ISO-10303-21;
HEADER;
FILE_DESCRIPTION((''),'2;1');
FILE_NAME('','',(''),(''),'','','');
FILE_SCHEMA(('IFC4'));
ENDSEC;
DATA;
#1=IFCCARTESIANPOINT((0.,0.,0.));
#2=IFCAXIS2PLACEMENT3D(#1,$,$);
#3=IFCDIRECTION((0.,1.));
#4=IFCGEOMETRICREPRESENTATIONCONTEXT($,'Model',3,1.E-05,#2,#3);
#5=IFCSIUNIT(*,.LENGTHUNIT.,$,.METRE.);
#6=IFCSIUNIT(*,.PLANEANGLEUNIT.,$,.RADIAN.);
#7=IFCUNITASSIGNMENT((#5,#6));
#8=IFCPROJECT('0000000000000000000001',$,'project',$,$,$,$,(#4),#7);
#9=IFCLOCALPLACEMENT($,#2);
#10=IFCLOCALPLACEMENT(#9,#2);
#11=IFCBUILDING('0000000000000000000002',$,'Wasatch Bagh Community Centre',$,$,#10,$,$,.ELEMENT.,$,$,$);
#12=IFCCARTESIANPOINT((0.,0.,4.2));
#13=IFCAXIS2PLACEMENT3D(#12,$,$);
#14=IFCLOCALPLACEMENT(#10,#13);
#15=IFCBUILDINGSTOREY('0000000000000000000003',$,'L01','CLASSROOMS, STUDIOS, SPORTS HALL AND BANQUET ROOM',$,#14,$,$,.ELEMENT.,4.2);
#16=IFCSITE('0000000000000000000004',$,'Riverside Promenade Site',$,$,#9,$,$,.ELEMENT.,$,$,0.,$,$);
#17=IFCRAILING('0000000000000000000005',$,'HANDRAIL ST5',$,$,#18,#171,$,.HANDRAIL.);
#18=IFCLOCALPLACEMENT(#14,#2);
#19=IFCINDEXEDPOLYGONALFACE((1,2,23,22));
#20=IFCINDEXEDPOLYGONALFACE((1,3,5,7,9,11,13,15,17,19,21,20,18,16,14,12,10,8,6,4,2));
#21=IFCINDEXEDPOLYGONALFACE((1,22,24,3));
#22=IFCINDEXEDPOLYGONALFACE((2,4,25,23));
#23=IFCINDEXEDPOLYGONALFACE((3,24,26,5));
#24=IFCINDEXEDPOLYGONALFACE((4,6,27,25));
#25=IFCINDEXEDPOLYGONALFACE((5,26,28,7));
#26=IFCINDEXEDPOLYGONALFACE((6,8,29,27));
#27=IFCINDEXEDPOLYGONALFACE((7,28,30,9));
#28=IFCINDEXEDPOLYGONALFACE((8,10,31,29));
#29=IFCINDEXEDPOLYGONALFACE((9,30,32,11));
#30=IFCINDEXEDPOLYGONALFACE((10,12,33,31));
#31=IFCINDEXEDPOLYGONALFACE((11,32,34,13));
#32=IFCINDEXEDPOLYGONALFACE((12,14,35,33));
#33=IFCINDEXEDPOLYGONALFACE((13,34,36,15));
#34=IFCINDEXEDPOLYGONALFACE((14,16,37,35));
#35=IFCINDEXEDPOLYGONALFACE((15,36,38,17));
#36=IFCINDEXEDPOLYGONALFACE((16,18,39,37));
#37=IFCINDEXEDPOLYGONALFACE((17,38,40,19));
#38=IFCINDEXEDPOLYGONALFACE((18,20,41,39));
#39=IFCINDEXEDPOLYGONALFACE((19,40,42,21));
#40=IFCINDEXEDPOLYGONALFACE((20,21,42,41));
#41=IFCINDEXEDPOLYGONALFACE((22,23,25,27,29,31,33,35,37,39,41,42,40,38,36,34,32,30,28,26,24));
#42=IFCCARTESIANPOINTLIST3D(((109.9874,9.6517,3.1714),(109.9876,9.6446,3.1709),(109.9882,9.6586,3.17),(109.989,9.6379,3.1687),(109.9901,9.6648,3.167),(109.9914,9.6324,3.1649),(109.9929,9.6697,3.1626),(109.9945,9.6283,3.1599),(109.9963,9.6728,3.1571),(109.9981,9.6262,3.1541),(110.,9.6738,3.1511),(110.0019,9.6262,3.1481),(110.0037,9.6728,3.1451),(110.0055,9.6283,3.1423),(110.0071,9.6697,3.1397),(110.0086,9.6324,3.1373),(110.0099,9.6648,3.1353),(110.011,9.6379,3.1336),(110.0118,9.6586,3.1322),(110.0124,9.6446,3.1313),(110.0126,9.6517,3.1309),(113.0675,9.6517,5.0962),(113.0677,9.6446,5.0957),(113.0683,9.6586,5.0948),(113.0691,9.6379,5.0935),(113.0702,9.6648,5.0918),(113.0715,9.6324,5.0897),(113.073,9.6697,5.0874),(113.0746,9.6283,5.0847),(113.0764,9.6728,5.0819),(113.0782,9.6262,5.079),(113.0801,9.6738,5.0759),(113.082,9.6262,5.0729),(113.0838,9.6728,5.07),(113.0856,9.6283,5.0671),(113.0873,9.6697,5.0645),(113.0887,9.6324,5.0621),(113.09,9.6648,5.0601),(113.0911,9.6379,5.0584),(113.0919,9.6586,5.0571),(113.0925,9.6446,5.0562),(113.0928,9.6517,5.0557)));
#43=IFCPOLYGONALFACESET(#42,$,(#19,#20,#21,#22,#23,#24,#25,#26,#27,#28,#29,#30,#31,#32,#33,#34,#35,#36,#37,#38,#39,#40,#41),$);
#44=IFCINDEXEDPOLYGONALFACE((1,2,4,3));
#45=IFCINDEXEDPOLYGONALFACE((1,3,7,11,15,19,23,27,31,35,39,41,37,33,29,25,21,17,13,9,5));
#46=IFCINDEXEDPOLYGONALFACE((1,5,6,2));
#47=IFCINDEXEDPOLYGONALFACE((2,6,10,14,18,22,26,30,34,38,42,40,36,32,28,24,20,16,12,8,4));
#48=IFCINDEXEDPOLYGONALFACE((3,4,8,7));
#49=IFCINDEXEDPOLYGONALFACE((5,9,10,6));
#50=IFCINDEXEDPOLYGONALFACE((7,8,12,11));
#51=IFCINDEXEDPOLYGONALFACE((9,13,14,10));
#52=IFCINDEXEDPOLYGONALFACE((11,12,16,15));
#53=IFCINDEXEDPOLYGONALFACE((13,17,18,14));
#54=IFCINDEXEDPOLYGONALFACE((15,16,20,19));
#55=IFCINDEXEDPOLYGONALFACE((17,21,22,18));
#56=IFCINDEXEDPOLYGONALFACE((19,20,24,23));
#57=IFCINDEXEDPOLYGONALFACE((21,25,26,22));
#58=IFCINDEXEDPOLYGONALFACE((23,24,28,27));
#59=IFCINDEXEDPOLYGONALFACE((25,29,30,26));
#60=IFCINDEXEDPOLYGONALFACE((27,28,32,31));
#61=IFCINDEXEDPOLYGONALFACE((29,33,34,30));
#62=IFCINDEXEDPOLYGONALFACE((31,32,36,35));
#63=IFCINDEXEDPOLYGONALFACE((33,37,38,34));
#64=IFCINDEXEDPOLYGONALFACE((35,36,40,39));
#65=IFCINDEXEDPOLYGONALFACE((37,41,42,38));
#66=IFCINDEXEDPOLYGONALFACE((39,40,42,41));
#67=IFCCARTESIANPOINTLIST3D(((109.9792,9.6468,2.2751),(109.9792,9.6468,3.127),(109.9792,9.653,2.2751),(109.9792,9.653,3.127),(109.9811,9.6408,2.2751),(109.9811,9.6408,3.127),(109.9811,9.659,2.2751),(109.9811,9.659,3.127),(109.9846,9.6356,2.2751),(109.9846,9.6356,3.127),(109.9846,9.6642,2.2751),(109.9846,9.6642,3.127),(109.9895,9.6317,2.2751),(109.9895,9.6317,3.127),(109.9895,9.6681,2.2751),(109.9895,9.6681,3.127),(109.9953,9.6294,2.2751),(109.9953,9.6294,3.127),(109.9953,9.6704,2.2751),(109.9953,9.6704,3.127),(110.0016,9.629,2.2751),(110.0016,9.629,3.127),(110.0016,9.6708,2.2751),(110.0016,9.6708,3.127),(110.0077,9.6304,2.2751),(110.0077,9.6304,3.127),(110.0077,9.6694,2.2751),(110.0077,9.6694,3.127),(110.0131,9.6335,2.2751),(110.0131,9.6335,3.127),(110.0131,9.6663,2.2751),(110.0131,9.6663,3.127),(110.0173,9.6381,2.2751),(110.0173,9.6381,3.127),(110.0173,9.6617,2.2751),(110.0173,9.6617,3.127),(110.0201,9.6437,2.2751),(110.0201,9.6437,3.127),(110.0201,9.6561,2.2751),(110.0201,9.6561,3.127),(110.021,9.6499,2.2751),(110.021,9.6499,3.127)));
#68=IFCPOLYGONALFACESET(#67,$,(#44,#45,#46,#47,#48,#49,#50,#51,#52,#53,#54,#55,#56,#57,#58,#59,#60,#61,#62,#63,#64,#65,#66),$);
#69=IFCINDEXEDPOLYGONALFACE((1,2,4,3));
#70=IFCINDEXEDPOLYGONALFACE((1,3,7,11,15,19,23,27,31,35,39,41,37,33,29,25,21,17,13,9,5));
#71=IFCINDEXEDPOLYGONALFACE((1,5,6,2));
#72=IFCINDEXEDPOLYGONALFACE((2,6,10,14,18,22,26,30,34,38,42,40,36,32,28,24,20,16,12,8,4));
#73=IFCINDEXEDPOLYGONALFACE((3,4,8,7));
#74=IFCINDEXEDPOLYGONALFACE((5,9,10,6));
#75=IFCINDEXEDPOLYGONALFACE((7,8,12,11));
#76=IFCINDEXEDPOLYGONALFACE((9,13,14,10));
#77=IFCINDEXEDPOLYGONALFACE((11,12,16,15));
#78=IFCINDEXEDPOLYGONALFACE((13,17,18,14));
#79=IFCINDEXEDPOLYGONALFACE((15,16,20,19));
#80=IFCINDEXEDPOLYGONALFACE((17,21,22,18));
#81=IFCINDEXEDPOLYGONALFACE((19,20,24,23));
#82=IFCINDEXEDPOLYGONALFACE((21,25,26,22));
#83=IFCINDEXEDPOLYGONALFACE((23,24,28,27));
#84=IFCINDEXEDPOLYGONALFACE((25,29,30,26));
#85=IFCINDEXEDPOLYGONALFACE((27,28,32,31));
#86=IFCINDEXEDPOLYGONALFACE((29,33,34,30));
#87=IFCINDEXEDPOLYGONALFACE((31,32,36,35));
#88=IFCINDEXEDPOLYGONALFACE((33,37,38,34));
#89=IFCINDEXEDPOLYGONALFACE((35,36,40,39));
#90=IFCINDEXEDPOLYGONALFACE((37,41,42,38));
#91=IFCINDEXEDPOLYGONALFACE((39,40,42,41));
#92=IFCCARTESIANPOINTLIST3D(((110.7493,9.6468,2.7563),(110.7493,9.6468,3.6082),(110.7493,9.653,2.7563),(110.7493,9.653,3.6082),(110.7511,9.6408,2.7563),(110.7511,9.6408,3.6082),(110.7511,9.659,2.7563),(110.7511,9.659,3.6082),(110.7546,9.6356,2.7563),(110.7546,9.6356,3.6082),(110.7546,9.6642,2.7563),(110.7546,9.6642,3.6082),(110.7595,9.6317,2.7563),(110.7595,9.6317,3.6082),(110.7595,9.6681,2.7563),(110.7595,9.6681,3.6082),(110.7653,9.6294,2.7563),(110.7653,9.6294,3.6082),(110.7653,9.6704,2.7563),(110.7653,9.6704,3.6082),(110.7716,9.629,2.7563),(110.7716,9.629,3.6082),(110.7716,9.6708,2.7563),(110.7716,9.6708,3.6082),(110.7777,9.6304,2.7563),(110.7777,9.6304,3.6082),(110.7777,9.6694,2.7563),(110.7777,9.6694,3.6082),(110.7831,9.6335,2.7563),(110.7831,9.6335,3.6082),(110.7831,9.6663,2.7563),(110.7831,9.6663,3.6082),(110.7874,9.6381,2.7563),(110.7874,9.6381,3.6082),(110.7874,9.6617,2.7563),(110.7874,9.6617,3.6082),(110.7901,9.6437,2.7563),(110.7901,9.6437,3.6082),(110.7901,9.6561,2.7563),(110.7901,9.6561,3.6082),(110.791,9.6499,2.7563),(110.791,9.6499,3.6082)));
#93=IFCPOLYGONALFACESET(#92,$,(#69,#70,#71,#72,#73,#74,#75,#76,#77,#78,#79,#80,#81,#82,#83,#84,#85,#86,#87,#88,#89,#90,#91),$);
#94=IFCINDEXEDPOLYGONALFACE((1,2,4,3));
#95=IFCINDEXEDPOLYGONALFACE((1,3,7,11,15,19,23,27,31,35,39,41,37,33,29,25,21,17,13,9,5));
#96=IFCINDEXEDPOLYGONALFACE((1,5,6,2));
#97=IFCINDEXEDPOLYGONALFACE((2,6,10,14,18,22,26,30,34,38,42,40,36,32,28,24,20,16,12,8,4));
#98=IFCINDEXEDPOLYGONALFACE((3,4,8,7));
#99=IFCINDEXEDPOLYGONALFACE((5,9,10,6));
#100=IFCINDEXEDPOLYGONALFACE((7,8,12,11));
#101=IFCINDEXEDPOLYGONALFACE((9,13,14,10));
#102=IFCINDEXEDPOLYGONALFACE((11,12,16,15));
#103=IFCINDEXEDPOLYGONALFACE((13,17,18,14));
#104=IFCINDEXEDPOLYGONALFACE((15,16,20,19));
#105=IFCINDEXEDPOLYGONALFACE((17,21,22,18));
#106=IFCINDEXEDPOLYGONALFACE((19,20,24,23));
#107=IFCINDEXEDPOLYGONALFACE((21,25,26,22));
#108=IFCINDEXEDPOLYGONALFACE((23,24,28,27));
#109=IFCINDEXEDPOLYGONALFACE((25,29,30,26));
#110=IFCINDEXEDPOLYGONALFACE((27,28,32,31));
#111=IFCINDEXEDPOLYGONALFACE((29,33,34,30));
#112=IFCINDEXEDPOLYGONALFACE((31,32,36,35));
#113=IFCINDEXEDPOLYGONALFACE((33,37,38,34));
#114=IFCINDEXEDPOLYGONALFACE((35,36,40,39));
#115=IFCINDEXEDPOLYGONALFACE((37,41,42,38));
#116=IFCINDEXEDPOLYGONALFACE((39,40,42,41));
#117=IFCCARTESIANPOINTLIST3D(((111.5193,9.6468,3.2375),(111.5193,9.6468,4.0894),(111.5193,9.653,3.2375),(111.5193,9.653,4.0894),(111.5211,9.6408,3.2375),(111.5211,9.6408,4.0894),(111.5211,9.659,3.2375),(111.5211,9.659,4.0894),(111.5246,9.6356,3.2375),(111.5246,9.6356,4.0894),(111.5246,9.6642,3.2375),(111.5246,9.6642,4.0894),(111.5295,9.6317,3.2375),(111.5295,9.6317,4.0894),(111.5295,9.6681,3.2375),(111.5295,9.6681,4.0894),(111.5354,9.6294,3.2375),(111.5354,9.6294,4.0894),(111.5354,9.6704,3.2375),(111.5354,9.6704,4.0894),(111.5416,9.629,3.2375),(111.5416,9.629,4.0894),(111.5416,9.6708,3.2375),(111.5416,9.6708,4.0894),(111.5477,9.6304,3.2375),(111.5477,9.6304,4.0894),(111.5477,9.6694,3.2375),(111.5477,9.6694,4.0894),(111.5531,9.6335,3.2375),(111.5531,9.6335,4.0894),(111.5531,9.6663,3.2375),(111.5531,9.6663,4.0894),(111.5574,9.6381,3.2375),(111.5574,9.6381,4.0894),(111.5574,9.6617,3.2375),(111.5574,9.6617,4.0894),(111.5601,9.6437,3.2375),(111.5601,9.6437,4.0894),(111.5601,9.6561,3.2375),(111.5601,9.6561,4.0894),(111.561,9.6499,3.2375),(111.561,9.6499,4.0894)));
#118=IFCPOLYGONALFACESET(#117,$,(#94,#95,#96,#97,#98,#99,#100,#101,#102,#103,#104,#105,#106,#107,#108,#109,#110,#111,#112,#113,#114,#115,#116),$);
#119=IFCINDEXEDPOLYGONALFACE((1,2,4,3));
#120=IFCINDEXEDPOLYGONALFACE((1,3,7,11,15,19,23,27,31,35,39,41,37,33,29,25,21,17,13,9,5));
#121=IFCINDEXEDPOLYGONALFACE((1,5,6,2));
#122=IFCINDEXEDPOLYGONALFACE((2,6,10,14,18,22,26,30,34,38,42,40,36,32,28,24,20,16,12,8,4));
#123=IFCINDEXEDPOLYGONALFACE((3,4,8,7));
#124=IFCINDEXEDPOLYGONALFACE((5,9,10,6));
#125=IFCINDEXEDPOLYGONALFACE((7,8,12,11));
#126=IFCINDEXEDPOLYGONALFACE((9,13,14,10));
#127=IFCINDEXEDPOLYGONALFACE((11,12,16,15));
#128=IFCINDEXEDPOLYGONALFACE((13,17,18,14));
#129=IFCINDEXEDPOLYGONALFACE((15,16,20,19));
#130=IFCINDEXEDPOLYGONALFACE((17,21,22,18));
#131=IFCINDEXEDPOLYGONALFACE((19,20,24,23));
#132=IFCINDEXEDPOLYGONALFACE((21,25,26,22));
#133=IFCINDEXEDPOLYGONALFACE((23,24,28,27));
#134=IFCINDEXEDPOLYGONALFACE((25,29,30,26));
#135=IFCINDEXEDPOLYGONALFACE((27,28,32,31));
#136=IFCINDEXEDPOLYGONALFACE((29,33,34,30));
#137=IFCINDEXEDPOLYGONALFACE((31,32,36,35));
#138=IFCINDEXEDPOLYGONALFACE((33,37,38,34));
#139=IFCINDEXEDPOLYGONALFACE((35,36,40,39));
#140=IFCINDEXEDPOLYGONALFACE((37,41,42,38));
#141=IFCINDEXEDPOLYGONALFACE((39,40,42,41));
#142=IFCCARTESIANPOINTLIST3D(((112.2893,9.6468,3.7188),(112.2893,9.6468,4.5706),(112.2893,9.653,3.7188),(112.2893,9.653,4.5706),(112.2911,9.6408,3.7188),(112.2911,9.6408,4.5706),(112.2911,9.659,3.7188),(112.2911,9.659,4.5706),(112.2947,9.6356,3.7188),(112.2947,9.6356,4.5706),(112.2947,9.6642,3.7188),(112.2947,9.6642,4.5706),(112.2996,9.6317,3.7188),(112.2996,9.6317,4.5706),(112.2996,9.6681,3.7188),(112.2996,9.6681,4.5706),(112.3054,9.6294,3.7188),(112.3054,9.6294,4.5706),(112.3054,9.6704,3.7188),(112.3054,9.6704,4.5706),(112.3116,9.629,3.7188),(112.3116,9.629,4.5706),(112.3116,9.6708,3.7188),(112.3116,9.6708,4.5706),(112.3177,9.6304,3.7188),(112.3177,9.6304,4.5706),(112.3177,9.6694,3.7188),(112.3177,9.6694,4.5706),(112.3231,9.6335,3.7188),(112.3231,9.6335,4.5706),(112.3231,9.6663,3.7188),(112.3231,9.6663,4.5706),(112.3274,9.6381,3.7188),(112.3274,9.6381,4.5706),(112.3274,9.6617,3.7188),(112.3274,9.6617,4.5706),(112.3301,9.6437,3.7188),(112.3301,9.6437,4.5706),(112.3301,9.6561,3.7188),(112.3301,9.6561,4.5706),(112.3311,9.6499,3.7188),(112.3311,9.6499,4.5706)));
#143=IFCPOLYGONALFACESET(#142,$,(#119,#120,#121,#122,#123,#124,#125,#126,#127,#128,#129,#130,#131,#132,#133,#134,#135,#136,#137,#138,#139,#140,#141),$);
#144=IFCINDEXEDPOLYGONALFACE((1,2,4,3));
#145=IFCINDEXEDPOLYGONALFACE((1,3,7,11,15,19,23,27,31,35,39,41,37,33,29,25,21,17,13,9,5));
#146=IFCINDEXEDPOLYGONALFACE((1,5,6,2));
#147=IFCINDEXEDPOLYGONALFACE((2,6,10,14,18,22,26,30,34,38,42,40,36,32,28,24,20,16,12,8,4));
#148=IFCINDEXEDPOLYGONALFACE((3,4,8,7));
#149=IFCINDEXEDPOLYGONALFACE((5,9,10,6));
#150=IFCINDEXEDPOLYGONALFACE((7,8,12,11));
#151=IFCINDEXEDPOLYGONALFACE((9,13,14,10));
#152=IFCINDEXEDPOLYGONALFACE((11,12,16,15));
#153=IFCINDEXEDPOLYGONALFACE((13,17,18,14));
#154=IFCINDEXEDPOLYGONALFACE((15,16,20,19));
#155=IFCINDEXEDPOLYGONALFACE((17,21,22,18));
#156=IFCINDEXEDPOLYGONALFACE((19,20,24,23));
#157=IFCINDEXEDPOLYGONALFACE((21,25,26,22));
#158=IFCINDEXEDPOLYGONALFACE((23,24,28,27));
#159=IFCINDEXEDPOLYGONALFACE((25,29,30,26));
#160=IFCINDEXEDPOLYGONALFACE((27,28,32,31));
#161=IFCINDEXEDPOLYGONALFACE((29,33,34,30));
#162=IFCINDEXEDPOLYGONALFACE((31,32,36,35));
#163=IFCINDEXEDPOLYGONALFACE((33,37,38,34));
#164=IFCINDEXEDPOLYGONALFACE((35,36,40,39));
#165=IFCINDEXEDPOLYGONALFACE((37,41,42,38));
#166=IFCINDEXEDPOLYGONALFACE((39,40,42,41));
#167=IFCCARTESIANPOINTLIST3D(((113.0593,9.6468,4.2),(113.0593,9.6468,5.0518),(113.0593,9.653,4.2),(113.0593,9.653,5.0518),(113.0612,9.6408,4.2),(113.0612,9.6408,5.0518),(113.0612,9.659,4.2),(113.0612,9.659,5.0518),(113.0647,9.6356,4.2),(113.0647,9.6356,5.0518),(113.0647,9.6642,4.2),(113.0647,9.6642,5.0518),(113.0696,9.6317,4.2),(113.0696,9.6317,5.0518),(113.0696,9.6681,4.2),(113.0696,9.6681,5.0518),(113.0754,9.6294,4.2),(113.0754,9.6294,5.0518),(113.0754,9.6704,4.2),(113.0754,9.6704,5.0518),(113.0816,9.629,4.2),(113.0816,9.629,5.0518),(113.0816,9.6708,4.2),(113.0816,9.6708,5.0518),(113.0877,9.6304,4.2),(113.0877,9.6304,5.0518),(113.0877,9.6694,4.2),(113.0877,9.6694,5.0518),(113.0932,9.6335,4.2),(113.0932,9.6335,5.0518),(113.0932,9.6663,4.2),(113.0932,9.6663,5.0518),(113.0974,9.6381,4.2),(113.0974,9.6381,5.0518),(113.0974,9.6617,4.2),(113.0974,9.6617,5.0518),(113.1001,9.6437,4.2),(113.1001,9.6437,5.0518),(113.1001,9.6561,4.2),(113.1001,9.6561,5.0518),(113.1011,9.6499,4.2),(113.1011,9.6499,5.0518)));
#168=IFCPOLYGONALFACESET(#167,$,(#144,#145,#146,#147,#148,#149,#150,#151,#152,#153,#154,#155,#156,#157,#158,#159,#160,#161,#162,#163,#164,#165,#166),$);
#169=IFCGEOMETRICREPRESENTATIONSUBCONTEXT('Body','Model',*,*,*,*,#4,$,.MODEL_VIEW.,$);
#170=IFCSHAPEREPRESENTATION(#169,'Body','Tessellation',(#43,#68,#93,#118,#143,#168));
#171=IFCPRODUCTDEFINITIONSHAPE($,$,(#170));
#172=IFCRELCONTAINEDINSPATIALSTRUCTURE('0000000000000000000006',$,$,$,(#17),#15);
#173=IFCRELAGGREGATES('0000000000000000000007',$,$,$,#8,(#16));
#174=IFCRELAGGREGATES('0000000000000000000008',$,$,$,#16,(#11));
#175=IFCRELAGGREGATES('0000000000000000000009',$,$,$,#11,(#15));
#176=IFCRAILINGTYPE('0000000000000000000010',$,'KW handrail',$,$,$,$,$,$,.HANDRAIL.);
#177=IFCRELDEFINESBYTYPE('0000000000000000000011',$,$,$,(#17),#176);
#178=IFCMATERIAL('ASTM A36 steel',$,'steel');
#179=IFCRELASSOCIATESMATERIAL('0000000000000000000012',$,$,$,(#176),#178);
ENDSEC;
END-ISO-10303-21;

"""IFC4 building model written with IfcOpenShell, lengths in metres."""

from ifc_helpers import new_model, si_unit, direction, frame, origin, origin_2d, place, context, subcontext, project, spatial, circle, extrude, material, type_object, element, save


model = new_model("IFC4")

# Units and contexts
model_context = context("Model", 3, precision=1e-05, world=origin(), true_north=direction((0.0, 1.0)))
body_context = subcontext(model_context, "Body", "Model", "MODEL_VIEW")
ifc_project = project(units=[si_unit("LENGTHUNIT", "METRE"), si_unit("PLANEANGLEUNIT", "RADIAN")], contexts=[model_context])

# Site, building, storey
site_placement = place(None, origin())
site = spatial("IfcSite", under=ifc_project, at=site_placement, Name="Riverside Promenade Site", CompositionType="ELEMENT", RefElevation=0.0)
building_placement = place(site_placement, origin())
building = spatial("IfcBuilding", under=site, at=building_placement, Name="Wasatch Bagh Community Centre", CompositionType="ELEMENT")
storey_placement = place(building_placement, frame((0.0, 0.0, 4.2)))
storey = spatial("IfcBuildingStorey", under=building, at=storey_placement, Name="L01", Description="CLASSROOMS, STUDIOS, SPORTS HALL AND BANQUET ROOM", CompositionType="ELEMENT", Elevation=4.2)

# Railing
ifc_material_1 = material(Name="ASTM A36 steel", Category="steel")
railing_type_1 = type_object("IfcRailingType", Name="KW handrail", PredefinedType="HANDRAIL", material=ifc_material_1)
for number, where, name in (
    (1, (110.0, 9.6499, 2.2751), "HANDRAIL ST5"),
):
    element("IfcRailing", number, at=place(storey_placement, frame(where)), inside=storey, type_object=railing_type_1, Name=name, PredefinedType="HANDRAIL", context=body_context, shape_type="SweptSolid", body=[
        extrude(circle(Radius=0.0239, at=origin_2d()), frame((0.0, 0.0, 0.876), z_axis=(0.848029, 0.0, 0.529951), x_axis=(0.0, 1.0, 0.0)), (0.0, 0.0, 1.0), 3.6321),
        extrude(circle(Radius=0.021, at=origin_2d()), origin(), (0.0, 0.0, 1.0), 0.8518),
        extrude(circle(Radius=0.021, at=origin_2d()), frame((0.77, 0.0, 0.4812)), (0.0, 0.0, 1.0), 0.8518),
        extrude(circle(Radius=0.021, at=origin_2d()), frame((1.54, 0.0, 0.9624)), (0.0, 0.0, 1.0), 0.8518),
        extrude(circle(Radius=0.021, at=origin_2d()), frame((2.3101, 0.0, 1.4436)), (0.0, 0.0, 1.0), 0.8518),
        extrude(circle(Radius=0.021, at=origin_2d()), frame((3.0801, 0.0, 1.9248)), (0.0, 0.0, 1.0), 0.8518),
    ])

save(model, "model.ifc")
